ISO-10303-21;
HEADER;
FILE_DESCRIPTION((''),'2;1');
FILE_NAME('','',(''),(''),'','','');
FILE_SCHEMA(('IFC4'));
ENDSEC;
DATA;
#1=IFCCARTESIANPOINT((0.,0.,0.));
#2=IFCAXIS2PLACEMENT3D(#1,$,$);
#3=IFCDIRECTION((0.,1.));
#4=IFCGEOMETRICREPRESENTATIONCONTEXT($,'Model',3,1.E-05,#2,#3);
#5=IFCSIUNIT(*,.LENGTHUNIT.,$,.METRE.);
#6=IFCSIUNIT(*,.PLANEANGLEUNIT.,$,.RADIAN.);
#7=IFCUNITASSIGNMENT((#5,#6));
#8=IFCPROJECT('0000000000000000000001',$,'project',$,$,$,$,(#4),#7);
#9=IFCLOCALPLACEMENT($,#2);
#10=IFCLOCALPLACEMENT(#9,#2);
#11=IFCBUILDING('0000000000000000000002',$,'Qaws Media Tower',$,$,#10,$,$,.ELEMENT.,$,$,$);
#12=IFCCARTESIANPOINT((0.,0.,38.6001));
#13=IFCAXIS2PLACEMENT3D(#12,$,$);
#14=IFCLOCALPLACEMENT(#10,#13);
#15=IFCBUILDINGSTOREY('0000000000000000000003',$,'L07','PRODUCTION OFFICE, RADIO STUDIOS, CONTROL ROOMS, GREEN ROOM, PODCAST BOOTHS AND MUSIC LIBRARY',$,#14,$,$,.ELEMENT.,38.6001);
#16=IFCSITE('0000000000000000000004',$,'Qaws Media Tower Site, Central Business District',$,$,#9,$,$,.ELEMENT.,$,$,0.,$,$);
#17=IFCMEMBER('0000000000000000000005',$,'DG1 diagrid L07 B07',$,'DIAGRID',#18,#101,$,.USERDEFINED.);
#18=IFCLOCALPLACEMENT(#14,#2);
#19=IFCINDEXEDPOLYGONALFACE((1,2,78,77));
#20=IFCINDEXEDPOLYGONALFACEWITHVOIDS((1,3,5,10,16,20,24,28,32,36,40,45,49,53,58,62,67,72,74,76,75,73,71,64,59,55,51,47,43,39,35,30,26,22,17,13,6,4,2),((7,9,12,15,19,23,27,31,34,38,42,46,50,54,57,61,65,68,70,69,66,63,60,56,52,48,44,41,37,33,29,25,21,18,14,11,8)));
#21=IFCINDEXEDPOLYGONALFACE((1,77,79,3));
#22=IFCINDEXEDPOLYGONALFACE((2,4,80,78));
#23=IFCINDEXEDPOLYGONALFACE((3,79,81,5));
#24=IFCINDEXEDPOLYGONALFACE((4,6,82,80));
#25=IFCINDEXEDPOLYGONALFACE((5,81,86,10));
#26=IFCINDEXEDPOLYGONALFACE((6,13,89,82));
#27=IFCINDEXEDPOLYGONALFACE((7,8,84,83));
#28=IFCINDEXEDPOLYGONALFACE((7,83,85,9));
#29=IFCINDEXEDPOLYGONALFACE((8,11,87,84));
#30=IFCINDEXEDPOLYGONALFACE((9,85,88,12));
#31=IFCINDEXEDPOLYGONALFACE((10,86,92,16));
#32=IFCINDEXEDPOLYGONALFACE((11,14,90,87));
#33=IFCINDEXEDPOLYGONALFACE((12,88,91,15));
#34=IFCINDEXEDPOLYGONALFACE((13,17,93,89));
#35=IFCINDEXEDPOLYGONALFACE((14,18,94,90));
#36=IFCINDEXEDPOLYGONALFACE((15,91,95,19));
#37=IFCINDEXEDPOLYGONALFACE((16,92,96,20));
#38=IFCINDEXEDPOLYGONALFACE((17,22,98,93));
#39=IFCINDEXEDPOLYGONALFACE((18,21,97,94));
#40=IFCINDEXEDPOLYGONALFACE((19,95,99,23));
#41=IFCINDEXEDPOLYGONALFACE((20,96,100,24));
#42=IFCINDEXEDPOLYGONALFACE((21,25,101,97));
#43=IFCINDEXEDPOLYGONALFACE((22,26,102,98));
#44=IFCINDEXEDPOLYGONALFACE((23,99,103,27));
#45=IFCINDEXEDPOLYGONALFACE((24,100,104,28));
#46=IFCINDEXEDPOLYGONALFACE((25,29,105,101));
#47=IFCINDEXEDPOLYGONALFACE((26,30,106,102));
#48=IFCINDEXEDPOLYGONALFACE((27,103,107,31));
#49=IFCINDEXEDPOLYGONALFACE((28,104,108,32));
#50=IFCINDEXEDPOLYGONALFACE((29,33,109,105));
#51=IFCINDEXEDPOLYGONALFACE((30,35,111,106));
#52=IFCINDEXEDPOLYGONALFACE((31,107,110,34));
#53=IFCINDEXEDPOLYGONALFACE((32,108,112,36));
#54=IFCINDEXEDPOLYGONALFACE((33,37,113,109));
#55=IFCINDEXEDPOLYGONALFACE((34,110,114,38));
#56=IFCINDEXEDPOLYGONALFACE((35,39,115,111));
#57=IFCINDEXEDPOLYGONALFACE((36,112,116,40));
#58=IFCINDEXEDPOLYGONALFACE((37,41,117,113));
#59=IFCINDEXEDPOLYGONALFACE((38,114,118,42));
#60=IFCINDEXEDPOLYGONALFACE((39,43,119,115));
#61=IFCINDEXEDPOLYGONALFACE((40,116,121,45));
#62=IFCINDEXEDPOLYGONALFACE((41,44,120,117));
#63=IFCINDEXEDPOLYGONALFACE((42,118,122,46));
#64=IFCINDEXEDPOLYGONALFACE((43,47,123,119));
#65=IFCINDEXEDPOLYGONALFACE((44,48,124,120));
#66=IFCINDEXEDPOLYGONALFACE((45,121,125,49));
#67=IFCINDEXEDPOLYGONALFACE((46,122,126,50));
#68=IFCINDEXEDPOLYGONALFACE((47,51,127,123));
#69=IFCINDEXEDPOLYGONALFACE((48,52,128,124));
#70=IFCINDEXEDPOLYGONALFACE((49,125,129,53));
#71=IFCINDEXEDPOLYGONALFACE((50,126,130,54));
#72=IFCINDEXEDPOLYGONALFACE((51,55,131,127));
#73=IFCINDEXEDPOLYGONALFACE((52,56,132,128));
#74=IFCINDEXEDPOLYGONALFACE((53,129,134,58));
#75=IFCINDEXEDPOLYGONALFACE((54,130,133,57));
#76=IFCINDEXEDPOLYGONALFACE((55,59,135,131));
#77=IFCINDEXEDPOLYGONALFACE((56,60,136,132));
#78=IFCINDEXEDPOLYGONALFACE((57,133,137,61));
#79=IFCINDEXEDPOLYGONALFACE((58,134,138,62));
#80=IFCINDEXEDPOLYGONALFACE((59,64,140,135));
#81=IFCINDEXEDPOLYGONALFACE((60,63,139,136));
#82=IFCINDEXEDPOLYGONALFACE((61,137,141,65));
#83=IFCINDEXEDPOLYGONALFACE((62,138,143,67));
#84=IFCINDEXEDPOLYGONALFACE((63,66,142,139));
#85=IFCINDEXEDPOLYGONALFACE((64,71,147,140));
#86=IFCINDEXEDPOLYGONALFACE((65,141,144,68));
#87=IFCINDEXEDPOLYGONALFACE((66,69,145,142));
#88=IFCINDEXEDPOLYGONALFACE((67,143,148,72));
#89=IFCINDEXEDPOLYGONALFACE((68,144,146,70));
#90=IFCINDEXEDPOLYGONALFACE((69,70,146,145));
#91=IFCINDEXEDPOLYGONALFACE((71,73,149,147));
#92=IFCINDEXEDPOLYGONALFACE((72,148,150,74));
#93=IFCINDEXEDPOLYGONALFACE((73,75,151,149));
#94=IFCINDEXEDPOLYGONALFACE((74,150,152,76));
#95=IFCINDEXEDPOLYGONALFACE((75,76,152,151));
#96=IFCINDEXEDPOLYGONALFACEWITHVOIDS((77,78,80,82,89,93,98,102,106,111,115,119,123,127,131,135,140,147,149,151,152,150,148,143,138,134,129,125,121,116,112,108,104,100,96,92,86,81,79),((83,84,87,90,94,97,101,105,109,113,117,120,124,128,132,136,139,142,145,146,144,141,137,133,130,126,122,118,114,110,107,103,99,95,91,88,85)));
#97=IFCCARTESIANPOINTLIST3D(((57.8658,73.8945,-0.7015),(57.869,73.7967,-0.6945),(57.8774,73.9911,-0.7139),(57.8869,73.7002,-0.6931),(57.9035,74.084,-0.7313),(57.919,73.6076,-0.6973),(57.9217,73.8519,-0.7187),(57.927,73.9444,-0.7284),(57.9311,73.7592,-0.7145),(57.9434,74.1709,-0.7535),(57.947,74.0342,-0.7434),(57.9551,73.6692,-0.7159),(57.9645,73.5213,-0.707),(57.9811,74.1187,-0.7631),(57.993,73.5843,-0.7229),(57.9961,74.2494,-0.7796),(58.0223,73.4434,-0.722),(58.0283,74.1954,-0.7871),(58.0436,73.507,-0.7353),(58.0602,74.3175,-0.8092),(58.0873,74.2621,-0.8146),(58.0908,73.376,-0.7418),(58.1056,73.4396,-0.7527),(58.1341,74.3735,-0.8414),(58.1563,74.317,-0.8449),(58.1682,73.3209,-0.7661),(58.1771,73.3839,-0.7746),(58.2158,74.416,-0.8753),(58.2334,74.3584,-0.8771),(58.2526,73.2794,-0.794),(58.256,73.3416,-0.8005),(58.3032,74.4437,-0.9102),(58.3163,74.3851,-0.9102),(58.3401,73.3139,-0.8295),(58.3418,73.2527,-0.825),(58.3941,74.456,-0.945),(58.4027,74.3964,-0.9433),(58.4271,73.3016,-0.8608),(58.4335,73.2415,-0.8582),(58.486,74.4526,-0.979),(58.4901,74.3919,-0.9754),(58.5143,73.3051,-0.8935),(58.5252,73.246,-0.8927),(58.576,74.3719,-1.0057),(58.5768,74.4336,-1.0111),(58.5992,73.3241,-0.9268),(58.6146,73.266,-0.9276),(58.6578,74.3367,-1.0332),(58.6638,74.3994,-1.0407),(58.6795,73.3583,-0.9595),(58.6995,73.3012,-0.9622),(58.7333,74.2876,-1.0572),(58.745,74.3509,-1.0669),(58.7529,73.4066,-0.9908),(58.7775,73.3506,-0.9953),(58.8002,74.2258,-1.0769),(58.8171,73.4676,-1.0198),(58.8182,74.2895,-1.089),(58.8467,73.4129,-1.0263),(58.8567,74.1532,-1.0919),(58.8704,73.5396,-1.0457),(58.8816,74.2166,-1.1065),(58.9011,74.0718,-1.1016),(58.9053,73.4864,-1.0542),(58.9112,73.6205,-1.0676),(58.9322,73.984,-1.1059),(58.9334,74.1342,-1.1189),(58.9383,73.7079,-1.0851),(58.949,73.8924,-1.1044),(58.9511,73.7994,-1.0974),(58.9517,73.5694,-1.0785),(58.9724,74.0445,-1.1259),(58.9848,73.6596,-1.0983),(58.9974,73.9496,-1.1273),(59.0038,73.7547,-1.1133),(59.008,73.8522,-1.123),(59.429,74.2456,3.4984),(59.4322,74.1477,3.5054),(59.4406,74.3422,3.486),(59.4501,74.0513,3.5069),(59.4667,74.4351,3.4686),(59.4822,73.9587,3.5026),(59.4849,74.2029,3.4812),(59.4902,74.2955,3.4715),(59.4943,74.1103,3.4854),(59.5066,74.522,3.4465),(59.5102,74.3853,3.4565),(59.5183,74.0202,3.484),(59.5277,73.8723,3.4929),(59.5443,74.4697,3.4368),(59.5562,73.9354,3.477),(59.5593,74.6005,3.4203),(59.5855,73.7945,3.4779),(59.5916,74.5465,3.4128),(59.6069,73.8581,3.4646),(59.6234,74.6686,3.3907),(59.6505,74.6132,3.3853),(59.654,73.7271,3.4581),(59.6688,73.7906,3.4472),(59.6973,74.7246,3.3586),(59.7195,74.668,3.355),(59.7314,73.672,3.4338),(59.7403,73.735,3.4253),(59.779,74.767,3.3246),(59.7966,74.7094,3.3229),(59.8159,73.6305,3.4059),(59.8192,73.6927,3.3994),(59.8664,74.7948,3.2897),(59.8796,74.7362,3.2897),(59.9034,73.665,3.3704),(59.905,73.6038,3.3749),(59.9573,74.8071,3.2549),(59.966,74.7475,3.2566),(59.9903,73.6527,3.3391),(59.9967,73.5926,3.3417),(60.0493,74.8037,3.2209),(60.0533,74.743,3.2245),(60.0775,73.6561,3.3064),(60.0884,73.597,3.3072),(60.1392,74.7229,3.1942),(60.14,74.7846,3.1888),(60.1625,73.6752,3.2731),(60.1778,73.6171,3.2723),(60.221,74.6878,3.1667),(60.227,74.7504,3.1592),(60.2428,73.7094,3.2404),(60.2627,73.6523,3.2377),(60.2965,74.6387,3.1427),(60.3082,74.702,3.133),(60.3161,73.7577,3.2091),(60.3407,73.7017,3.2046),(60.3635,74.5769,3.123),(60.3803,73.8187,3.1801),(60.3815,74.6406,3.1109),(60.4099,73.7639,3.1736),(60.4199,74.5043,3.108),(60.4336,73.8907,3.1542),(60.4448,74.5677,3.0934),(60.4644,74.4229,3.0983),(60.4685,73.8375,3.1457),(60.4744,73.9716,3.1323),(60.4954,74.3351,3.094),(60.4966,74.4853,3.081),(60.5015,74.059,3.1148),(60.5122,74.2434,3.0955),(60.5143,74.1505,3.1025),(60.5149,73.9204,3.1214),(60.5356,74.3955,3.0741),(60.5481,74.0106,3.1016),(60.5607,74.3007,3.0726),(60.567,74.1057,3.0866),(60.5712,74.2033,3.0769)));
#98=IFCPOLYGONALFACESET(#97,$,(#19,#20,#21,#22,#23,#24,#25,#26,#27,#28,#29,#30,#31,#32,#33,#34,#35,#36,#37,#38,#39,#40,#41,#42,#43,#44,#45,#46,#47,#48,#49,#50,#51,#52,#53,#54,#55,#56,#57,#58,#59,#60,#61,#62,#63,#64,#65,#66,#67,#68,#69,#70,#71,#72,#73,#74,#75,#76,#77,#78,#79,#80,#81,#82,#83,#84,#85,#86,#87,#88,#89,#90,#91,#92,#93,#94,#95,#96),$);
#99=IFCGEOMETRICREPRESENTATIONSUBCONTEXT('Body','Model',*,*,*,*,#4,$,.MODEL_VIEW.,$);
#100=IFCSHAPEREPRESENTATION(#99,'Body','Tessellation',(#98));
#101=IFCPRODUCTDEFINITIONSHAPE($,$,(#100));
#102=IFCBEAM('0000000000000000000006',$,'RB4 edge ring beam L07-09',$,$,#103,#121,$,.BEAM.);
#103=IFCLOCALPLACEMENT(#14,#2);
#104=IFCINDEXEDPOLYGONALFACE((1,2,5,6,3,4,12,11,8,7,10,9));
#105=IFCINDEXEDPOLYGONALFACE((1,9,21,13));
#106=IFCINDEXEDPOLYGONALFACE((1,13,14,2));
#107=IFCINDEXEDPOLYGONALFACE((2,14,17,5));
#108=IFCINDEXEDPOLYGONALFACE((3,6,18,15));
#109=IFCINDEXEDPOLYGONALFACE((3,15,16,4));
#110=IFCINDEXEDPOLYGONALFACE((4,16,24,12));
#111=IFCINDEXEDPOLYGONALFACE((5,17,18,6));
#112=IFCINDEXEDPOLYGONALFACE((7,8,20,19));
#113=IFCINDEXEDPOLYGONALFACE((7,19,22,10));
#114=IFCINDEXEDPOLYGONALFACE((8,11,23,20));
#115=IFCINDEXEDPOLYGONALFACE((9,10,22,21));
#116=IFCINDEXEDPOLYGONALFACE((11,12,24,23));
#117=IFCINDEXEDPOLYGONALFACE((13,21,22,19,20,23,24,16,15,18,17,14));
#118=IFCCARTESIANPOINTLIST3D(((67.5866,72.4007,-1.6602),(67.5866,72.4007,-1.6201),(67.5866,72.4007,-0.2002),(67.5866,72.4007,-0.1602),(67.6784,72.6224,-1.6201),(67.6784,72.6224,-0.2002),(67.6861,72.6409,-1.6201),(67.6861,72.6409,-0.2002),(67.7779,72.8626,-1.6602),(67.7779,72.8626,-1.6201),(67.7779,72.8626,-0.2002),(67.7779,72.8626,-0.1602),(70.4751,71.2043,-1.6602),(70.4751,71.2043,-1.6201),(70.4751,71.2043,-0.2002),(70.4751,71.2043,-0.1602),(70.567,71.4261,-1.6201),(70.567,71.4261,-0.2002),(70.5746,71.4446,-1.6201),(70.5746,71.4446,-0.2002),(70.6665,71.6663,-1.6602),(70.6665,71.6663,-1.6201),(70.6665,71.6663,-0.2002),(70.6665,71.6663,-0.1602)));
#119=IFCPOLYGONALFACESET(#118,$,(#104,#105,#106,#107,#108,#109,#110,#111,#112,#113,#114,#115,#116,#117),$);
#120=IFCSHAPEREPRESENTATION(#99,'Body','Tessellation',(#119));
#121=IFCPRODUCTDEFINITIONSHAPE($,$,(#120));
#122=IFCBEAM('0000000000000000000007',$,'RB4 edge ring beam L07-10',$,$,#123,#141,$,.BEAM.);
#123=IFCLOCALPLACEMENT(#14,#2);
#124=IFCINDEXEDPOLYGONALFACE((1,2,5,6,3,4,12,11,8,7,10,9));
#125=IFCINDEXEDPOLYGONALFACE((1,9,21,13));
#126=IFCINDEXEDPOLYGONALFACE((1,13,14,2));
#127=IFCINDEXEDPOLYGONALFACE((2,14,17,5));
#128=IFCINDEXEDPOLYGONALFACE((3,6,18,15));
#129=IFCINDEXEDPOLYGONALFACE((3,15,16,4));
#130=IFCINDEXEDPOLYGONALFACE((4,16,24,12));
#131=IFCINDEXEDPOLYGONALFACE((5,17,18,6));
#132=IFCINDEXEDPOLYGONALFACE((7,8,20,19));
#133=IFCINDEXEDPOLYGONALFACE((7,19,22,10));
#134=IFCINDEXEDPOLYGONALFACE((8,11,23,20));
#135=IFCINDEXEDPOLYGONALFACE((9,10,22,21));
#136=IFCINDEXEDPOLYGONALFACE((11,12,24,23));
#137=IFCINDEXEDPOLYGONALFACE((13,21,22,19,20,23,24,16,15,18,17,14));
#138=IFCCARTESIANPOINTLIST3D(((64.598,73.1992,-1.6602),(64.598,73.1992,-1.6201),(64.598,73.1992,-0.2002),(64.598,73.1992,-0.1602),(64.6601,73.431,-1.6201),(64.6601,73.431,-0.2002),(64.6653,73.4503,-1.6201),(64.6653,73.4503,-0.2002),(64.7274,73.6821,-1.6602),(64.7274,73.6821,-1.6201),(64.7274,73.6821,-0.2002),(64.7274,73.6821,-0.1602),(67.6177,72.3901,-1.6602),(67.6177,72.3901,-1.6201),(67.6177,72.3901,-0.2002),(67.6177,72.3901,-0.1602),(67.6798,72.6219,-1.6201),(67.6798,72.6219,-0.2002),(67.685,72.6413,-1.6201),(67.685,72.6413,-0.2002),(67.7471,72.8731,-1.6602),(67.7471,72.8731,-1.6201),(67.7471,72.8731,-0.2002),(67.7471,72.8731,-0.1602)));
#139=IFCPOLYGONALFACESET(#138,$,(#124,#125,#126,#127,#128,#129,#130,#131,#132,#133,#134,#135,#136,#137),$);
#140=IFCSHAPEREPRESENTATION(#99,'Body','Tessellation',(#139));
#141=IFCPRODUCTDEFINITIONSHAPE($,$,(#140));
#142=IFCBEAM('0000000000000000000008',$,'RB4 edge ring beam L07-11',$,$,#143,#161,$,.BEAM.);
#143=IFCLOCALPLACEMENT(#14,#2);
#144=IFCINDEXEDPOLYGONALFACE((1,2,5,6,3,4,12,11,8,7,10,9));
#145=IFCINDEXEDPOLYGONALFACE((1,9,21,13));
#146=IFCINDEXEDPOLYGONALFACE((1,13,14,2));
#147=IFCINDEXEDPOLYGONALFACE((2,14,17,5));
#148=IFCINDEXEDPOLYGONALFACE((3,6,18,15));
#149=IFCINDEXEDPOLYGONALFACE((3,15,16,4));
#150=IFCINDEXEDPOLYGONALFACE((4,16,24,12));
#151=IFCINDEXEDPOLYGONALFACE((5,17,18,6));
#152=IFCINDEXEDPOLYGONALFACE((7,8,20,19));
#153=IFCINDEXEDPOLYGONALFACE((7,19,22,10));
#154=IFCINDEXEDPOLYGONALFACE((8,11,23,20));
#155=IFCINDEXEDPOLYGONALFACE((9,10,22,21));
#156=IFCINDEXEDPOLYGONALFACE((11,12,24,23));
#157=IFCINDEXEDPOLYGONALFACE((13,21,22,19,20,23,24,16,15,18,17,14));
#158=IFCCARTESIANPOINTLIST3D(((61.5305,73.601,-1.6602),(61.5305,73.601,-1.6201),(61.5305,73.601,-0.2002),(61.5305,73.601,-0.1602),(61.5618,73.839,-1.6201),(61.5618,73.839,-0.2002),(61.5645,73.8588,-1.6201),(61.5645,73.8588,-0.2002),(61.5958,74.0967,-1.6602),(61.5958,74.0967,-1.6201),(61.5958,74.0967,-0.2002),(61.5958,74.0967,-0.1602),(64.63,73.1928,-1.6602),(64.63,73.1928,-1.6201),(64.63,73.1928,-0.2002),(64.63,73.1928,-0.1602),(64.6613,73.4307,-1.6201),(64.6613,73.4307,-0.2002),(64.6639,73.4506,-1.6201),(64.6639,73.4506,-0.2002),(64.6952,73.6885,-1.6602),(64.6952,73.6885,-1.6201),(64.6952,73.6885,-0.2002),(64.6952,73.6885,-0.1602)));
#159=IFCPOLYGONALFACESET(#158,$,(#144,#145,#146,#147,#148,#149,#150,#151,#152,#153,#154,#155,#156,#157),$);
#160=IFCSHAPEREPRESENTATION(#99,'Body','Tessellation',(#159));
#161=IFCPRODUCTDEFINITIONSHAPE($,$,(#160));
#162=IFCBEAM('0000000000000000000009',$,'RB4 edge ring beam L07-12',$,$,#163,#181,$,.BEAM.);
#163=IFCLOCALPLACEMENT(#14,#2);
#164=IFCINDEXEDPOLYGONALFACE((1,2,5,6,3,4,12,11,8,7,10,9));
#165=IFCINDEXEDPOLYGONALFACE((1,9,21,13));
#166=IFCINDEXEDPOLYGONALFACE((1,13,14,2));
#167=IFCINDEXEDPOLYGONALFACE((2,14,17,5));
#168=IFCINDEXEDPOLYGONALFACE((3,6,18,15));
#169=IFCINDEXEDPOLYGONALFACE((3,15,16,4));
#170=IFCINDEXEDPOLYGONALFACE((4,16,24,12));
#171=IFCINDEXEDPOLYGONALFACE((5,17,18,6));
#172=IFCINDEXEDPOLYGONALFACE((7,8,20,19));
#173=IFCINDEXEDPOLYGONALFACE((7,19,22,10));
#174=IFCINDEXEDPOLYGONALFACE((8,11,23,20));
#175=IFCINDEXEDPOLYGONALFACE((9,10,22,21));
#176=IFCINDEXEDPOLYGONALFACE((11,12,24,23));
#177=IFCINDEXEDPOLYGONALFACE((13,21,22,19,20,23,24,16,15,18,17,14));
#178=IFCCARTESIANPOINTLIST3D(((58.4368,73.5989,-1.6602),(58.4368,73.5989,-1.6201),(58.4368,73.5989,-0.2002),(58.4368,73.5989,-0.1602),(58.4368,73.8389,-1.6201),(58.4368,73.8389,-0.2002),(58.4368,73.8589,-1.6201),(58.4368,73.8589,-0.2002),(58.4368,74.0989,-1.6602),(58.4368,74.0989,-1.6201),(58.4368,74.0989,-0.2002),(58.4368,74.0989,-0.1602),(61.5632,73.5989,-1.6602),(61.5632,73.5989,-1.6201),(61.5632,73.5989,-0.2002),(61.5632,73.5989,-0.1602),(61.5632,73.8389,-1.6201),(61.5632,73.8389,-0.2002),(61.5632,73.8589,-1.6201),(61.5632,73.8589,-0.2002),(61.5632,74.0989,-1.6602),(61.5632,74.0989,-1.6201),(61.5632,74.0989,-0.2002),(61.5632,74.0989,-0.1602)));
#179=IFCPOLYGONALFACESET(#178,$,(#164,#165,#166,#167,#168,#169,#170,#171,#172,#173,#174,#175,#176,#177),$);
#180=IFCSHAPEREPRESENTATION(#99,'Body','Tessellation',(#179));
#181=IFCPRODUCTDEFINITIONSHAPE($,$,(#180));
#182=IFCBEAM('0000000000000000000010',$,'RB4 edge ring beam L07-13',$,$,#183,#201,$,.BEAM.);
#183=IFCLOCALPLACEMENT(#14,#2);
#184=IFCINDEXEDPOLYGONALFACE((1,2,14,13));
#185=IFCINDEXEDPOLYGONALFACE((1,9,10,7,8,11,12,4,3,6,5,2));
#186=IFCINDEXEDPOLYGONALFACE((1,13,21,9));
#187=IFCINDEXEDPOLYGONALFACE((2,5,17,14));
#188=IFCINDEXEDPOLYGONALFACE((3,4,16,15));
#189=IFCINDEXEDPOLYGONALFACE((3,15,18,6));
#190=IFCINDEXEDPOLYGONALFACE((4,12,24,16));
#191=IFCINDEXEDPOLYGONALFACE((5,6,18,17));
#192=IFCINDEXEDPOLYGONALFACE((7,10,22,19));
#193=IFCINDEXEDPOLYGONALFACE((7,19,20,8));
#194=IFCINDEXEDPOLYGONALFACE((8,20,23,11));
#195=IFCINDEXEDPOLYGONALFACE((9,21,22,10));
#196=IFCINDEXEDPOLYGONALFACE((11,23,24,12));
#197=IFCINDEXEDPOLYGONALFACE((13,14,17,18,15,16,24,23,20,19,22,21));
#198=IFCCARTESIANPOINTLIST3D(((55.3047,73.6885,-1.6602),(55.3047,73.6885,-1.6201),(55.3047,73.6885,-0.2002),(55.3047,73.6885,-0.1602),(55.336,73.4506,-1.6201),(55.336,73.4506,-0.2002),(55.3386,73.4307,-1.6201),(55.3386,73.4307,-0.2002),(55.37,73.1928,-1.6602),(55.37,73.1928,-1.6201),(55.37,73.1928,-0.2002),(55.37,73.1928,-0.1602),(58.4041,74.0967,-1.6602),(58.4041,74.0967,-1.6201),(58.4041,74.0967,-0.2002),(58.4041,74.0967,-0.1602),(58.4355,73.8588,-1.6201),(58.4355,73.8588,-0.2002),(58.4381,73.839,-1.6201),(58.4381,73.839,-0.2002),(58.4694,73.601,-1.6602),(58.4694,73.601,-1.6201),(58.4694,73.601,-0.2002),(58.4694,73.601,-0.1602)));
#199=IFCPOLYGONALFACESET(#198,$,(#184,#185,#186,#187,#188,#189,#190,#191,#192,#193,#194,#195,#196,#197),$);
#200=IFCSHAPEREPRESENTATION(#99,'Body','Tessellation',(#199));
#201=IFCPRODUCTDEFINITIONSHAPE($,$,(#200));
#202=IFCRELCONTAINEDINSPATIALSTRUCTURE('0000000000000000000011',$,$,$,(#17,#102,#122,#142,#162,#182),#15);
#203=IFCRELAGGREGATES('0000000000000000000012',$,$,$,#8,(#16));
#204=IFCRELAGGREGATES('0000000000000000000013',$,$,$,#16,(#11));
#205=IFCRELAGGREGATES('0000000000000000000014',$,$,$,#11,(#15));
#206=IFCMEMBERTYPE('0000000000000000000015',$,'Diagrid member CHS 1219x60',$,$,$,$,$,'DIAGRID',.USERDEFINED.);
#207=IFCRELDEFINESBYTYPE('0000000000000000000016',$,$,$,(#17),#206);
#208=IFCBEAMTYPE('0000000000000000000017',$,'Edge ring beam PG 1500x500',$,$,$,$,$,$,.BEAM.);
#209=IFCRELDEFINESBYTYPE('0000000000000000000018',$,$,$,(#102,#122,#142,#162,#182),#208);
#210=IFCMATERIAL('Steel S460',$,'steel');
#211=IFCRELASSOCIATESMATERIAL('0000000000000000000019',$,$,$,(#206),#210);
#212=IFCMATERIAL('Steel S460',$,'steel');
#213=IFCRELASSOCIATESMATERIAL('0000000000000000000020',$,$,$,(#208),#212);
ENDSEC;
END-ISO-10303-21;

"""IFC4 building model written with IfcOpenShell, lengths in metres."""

from ifc_helpers import new_model, si_unit, direction, frame, origin, origin_2d, place, context, subcontext, project, spatial, hollow_circle, i_section, extrude, material, material_profile, profile_set, type_object, element, save


model = new_model("IFC4")

# Units and contexts
model_context = context("Model", 3, precision=1e-05, world=origin(), true_north=direction((0.0, 1.0)))
body_context = subcontext(model_context, "Body", "Model", "MODEL_VIEW")
ifc_project = project(units=[si_unit("LENGTHUNIT", "METRE"), si_unit("PLANEANGLEUNIT", "RADIAN")], contexts=[model_context])

# Site, building, storey
site_placement = place(None, origin())
site = spatial("IfcSite", under=ifc_project, at=site_placement, Name="Qaws Media Tower Site, Central Business District", CompositionType="ELEMENT", RefElevation=0.0)
building_placement = place(site_placement, origin())
building = spatial("IfcBuilding", under=site, at=building_placement, Name="Qaws Media Tower", CompositionType="ELEMENT")
storey_placement = place(building_placement, frame((0.0, 0.0, 38.6001)))
storey = spatial("IfcBuildingStorey", under=building, at=storey_placement, Name="L07", Description="PRODUCTION OFFICE, RADIO STUDIOS, CONTROL ROOMS, GREEN ROOM, PODCAST BOOTHS AND MUSIC LIBRARY", CompositionType="ELEMENT", Elevation=38.6001)

# Member
ifc_material_1 = material(Name="Steel S460", Category="steel")
ifc_material_profile_1 = material_profile(ifc_material_1, hollow_circle(Radius=0.6096, WallThickness=0.0601, at=origin_2d()), Name="CHS 1219x60")
ifc_profile_set_1 = profile_set([ifc_material_profile_1], Name="Steel S460")
member_type_1 = type_object("IfcMemberType", Name="Diagrid member CHS 1219x60", ElementType="DIAGRID", PredefinedType="USERDEFINED", material=ifc_profile_set_1)
for number, where, z_axis, x_axis, name in (
    (1, (58.4368, 73.8489, -0.9102), (0.347758, 0.0781, 0.934326), (-0.219124, 0.975697, 0.0), "DG1 diagrid L07 B07"),
):
    element("IfcMember", number, at=place(storey_placement, frame(where, z_axis=z_axis, x_axis=x_axis)), inside=storey, type_object=member_type_1, Name=name, ObjectType="DIAGRID", PredefinedType="USERDEFINED", context=body_context, shape_type="SweptSolid", body=[
        extrude(hollow_circle(Radius=0.6096, WallThickness=0.0601, at=origin_2d()), origin(), (0.0, 0.0, 1.0), 4.4951),
    ])

# Beams
ifc_material_2 = material(Name="Steel S460", Category="steel")
ifc_material_profile_2 = material_profile(ifc_material_2, i_section(OverallWidth=0.5, OverallDepth=1.5, WebThickness=0.02, FlangeThickness=0.04, at=origin_2d()), Name="PG 1500x500")
ifc_profile_set_2 = profile_set([ifc_material_profile_2], Name="Steel S460")
beam_type = type_object("IfcBeamType", Name="Edge ring beam PG 1500x500", PredefinedType="BEAM", material=ifc_profile_set_2)
beam_1_placement = place(storey_placement, frame((70.5708, 71.4353, -0.9102), z_axis=(-0.923895, 0.382646, 0.0), x_axis=(-0.382646, -0.923895, 0.0)))
element("IfcBeam", 2, at=beam_1_placement, inside=storey, type_object=beam_type, Name="RB4 edge ring beam L07-09", PredefinedType="BEAM", context=body_context, shape_type="SweptSolid", body=[
    extrude(i_section(OverallWidth=0.5, OverallDepth=1.5, WebThickness=0.02, FlangeThickness=0.04, at=origin_2d()), origin(), (0.0, 0.0, 1.0), 3.1265),
])
for number, where, z_axis, x_axis, name in (
    (3, (67.6824, 72.6316, -0.9102), (-0.965931, 0.2588, 0.0), (-0.2588, -0.965931, 0.0), "RB4 edge ring beam L07-10"),
    (4, (64.6626, 73.4407, -0.9102), (-0.991438, 0.130578, 0.0), (-0.130578, -0.991438, 0.0), "RB4 edge ring beam L07-11"),
):
    element("IfcBeam", number, at=place(storey_placement, frame(where, z_axis=z_axis, x_axis=x_axis)), inside=storey, type_object=beam_type, Name=name, PredefinedType="BEAM", context=body_context, shape_type="SweptSolid", body=[
        extrude(i_section(OverallWidth=0.5, OverallDepth=1.5, WebThickness=0.02, FlangeThickness=0.04, at=origin_2d()), origin(), (0.0, 0.0, 1.0), 3.1262),
    ])
beam_2_placement = place(storey_placement, frame((61.5632, 73.8489, -0.9102), z_axis=(-1.0, 0.0, 0.0), x_axis=(0.0, -1.0, 0.0)))
element("IfcBeam", 5, at=beam_2_placement, inside=storey, type_object=beam_type, Name="RB4 edge ring beam L07-12", PredefinedType="BEAM", context=body_context, shape_type="SweptSolid", body=[
    extrude(i_section(OverallWidth=0.5, OverallDepth=1.5, WebThickness=0.02, FlangeThickness=0.04, at=origin_2d()), origin(), (0.0, 0.0, 1.0), 3.1265),
])
beam_3_placement = place(storey_placement, frame((58.4368, 73.8489, -0.9102), z_axis=(-0.991438, -0.130578, 0.0), x_axis=(0.130578, -0.991438, 0.0)))
element("IfcBeam", 6, at=beam_3_placement, inside=storey, type_object=beam_type, Name="RB4 edge ring beam L07-13", PredefinedType="BEAM", context=body_context, shape_type="SweptSolid", body=[
    extrude(i_section(OverallWidth=0.5, OverallDepth=1.5, WebThickness=0.02, FlangeThickness=0.04, at=origin_2d()), origin(), (0.0, 0.0, 1.0), 3.1262),
])

save(model, "model.ifc")
